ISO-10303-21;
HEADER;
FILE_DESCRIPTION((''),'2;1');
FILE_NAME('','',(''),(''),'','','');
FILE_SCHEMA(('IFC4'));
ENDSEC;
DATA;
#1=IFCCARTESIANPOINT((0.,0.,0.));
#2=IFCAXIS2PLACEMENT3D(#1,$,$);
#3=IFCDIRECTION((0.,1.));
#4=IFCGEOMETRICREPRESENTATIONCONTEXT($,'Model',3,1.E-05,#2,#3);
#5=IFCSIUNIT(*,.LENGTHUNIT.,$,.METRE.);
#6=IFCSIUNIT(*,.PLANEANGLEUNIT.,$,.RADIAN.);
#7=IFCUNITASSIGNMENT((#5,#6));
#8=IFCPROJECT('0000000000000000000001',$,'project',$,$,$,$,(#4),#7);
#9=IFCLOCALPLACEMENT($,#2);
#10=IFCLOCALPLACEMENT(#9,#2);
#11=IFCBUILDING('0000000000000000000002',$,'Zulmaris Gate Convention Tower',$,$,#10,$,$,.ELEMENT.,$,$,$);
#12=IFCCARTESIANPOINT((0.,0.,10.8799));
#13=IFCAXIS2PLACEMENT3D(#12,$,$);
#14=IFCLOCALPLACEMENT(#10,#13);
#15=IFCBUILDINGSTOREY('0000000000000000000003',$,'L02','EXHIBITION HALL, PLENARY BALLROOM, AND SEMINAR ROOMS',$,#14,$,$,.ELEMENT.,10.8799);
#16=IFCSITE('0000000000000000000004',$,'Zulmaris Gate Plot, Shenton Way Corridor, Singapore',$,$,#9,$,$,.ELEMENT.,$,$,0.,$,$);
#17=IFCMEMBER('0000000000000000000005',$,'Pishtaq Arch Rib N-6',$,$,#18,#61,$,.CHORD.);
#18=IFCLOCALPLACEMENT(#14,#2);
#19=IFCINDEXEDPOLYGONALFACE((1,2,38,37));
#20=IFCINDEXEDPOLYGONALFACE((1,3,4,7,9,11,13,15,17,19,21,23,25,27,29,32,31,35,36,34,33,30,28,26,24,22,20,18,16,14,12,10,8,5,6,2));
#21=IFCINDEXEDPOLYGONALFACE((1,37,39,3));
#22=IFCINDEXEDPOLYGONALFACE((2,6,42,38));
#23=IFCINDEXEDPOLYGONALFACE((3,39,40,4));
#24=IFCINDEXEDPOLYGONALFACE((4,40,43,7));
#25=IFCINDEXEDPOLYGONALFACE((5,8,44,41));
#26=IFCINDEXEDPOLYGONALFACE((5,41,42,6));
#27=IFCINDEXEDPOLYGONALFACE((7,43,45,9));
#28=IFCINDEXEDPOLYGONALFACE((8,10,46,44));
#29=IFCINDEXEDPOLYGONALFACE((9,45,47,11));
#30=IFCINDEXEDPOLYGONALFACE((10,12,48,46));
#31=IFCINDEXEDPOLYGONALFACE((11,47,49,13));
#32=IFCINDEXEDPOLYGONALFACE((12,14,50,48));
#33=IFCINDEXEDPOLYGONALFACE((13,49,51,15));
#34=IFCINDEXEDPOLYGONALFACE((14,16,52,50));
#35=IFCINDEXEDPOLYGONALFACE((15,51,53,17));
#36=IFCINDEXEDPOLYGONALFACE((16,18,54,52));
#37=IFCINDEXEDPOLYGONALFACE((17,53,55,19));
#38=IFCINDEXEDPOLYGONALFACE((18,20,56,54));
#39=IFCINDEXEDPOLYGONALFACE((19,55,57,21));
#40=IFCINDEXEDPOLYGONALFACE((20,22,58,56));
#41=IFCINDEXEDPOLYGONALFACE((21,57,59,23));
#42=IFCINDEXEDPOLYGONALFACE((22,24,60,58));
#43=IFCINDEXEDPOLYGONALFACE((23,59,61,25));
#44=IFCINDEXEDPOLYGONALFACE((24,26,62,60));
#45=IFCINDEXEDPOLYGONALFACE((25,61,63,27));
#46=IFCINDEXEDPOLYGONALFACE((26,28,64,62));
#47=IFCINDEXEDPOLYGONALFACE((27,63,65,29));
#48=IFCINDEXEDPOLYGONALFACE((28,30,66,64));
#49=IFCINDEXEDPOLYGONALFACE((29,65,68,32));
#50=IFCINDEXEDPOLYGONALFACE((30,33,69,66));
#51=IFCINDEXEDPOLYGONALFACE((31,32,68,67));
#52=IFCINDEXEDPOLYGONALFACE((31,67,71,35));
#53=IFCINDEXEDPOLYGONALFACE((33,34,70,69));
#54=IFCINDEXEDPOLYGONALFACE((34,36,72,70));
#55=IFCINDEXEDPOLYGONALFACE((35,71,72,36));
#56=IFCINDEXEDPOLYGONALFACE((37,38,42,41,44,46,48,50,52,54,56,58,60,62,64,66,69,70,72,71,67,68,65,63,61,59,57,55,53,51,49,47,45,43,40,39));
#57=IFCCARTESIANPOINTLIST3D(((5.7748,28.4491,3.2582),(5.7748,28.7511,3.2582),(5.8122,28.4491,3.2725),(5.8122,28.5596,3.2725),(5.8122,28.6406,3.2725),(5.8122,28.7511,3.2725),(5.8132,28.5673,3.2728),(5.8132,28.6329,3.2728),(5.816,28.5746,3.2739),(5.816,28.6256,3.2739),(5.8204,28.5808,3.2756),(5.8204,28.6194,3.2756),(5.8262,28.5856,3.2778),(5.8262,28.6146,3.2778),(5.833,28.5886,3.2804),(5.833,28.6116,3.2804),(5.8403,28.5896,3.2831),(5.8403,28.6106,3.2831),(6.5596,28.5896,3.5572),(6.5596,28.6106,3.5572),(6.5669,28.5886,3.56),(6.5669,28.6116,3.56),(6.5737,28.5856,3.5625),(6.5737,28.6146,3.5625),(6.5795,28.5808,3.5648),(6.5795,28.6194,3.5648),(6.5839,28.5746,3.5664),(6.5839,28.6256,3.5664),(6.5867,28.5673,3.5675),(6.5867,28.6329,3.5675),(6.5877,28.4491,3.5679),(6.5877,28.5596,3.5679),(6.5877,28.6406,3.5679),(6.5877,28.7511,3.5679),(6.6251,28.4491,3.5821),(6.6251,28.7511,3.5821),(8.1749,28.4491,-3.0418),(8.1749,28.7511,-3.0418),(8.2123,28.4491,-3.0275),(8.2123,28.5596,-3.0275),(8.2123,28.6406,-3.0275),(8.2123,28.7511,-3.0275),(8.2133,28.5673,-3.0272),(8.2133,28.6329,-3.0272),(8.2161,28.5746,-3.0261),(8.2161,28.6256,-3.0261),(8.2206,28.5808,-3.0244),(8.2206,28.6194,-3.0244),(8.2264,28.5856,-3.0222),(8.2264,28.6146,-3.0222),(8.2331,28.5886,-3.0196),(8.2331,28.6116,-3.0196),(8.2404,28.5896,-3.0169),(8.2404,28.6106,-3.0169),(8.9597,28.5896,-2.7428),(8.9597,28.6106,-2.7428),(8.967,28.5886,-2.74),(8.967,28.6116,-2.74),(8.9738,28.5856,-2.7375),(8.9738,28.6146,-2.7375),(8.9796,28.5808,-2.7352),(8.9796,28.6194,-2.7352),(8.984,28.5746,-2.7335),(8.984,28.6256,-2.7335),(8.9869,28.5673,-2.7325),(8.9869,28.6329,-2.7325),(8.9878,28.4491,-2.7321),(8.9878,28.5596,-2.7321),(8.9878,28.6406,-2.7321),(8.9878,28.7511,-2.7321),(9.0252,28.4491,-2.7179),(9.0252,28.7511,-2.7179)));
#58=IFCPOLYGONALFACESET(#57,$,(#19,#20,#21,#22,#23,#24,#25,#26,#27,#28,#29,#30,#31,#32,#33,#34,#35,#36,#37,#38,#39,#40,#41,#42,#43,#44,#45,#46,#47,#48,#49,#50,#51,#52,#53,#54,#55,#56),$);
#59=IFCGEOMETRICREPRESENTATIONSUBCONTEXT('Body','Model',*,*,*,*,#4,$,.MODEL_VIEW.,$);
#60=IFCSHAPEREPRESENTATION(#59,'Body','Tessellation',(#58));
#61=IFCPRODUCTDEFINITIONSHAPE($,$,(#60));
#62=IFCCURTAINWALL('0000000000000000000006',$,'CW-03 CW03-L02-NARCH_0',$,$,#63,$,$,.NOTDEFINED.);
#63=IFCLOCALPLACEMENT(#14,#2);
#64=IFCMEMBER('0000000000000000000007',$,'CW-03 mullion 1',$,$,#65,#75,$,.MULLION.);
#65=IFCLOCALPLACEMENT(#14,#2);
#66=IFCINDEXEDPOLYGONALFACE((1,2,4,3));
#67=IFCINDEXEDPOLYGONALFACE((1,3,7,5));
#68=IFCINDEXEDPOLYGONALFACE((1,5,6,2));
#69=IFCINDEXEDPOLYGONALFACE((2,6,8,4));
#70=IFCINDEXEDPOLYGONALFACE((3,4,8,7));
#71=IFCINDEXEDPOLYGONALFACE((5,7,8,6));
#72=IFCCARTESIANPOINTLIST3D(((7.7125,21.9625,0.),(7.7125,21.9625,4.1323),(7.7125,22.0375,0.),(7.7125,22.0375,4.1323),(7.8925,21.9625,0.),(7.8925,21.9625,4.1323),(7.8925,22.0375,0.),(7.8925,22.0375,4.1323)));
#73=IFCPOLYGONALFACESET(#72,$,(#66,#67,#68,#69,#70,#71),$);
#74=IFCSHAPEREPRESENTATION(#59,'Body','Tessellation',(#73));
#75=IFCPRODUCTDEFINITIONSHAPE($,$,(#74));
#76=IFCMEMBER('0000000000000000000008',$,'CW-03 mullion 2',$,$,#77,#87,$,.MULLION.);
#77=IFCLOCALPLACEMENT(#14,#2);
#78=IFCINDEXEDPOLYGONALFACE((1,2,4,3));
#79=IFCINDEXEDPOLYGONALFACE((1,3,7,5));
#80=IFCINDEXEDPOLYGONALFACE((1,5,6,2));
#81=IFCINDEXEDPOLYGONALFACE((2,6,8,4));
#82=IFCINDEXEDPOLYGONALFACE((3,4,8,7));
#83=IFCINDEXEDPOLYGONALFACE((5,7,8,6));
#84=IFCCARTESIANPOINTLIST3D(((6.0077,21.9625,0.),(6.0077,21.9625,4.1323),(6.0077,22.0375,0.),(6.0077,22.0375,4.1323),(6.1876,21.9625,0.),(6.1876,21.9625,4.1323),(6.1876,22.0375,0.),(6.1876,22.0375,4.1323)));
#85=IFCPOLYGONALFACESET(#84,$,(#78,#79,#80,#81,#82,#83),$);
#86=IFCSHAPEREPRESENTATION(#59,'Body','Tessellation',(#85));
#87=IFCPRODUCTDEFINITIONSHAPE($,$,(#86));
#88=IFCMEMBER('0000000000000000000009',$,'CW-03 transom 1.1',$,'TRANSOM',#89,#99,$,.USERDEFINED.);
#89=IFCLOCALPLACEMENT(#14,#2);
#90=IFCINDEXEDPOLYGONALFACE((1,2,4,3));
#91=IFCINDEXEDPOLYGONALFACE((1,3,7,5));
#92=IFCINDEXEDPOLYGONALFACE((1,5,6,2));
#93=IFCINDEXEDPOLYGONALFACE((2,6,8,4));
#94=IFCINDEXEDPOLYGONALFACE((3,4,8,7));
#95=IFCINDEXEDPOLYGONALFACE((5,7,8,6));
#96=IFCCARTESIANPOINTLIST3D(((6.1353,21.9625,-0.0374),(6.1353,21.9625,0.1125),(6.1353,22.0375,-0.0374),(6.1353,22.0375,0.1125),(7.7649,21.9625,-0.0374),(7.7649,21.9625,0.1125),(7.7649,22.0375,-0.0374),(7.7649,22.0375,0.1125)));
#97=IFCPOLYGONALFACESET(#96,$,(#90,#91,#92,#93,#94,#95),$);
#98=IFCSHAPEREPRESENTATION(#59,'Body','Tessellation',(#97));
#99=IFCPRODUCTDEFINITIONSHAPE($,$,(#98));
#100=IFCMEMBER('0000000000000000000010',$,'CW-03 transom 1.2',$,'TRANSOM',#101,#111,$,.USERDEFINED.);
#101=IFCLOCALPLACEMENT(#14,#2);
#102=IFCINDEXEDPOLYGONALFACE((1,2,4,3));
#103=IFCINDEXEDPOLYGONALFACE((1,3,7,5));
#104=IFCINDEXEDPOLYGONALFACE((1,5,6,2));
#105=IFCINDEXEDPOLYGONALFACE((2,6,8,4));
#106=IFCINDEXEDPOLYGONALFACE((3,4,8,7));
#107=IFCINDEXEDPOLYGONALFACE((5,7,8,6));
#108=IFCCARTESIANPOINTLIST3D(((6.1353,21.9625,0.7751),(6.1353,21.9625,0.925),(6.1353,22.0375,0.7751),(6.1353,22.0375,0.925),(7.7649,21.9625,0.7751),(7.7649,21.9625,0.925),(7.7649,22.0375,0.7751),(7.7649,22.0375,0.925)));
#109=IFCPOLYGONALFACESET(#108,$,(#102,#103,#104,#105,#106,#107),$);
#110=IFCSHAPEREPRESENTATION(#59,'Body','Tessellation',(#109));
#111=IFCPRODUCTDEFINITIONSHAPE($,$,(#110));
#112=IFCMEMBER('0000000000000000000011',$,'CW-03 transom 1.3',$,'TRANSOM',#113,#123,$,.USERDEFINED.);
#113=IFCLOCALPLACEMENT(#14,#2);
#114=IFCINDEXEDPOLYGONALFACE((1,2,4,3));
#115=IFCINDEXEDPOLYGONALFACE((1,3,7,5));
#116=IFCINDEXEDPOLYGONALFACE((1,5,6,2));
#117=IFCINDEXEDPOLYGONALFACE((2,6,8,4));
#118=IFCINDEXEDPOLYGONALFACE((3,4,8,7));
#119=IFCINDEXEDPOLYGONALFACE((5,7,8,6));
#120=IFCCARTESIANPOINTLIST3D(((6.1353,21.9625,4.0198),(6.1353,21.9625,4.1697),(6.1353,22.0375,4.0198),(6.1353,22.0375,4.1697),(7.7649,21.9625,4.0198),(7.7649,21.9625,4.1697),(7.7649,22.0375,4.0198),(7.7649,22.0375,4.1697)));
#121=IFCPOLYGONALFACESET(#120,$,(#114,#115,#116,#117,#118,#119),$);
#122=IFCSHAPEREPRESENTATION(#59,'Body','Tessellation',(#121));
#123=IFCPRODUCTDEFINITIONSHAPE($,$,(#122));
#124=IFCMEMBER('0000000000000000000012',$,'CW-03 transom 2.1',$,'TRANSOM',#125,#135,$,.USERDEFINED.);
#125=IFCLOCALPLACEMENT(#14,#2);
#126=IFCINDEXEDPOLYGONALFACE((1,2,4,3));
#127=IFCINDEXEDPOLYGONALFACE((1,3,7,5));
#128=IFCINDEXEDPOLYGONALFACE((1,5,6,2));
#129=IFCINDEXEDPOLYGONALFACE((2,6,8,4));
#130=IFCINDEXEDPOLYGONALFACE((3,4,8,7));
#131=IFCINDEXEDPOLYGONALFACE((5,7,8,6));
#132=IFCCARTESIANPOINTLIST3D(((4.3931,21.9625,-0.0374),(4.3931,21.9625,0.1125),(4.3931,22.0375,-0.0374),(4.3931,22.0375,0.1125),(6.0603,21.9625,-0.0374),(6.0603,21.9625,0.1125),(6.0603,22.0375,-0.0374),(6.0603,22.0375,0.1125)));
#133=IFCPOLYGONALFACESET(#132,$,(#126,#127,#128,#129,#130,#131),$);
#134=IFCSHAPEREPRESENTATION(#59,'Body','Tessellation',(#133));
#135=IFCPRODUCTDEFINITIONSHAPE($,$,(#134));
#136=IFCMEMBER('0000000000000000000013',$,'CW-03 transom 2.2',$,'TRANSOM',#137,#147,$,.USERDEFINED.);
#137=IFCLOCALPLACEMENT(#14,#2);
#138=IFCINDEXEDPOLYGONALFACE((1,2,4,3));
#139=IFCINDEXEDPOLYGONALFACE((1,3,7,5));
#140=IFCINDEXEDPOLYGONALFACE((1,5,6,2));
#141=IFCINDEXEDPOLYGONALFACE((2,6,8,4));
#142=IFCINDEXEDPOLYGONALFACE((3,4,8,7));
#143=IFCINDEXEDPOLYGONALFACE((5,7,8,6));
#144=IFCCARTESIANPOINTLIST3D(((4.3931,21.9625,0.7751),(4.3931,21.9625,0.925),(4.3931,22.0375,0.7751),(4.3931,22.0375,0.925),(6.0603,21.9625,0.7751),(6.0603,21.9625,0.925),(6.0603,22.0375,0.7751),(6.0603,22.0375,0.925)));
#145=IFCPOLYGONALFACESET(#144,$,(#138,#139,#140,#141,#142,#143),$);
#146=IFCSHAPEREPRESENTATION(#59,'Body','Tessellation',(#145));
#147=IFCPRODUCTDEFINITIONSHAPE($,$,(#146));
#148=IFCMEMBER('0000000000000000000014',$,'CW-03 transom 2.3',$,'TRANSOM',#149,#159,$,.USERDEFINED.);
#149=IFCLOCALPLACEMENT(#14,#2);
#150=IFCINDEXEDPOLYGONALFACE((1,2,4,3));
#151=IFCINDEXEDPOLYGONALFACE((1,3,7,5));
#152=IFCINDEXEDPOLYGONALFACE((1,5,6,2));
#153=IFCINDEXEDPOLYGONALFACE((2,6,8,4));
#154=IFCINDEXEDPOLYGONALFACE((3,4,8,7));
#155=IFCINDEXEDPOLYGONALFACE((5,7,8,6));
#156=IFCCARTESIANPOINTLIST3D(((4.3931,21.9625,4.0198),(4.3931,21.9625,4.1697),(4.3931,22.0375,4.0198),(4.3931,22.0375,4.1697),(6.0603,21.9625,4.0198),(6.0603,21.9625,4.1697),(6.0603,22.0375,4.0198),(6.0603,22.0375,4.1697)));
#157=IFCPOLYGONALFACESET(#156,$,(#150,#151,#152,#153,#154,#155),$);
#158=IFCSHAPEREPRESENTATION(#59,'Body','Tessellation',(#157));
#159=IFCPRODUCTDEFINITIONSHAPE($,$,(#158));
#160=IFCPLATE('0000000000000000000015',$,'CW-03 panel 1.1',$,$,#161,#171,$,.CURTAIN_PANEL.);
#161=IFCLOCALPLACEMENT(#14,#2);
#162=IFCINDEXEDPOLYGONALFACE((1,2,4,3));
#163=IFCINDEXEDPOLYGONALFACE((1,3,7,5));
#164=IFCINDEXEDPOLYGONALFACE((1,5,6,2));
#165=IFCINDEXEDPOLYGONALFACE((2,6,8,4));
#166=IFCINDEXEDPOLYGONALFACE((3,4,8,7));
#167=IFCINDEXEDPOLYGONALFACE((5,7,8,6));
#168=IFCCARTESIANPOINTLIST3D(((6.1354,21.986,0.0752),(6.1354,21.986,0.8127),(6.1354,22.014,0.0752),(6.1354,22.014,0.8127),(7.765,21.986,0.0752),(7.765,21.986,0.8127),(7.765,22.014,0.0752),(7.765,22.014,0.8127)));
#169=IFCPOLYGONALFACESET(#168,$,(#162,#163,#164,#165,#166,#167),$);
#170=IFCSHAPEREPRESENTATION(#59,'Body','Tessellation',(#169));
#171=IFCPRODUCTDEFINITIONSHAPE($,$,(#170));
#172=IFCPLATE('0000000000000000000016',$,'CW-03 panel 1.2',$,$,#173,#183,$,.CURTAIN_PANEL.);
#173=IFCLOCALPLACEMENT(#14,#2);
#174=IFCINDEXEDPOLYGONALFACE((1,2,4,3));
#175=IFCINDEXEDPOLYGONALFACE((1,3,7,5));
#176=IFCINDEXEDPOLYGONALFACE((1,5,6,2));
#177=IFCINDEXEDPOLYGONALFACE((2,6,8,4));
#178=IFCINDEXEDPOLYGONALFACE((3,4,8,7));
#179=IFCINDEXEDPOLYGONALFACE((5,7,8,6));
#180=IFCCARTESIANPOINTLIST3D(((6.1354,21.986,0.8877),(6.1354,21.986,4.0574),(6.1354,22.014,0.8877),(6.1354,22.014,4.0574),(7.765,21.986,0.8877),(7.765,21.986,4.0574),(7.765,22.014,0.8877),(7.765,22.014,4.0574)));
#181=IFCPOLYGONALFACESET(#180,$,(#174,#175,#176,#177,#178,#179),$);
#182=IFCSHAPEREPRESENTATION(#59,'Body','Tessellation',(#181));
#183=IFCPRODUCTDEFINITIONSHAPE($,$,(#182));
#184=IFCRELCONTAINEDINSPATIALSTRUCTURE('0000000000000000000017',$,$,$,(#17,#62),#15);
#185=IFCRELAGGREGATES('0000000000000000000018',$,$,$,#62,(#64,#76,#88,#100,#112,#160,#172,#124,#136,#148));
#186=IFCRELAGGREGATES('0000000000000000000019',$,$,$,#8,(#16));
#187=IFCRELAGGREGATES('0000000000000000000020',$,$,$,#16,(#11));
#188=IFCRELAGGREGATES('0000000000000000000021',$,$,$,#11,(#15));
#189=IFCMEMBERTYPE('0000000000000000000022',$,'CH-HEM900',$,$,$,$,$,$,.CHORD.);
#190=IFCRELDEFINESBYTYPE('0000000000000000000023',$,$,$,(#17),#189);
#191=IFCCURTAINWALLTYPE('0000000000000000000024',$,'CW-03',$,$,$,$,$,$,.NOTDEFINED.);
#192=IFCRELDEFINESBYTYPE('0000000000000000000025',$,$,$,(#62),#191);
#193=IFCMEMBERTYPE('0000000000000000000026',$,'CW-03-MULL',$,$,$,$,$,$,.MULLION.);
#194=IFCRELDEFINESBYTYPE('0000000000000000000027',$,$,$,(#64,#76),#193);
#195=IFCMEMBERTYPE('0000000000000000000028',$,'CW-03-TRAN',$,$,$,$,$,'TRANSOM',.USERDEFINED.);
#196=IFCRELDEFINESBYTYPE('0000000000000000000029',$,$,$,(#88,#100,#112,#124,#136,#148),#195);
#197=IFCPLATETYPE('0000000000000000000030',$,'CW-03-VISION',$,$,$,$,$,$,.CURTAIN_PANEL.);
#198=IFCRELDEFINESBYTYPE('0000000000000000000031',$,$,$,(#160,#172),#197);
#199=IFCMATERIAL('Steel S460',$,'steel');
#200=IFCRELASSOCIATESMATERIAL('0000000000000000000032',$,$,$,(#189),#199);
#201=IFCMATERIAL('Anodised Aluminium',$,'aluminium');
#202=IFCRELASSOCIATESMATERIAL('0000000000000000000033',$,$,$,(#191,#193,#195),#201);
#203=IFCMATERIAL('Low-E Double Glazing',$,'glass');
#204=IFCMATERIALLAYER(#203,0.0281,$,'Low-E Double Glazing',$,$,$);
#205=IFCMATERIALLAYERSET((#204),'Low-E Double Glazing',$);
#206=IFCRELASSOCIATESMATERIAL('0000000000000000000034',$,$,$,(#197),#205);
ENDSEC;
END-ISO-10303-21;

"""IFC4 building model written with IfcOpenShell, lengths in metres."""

from ifc_helpers import new_model, si_unit, direction, frame, origin, origin_2d, place, context, subcontext, project, spatial, rectangle, i_section, extrude, material, layer, layer_set, material_profile, profile_set, type_object, element, aggregate, save


model = new_model("IFC4")

# Units and contexts
model_context = context("Model", 3, precision=1e-05, world=origin(), true_north=direction((0.0, 1.0)))
body_context = subcontext(model_context, "Body", "Model", "MODEL_VIEW")
ifc_project = project(units=[si_unit("LENGTHUNIT", "METRE"), si_unit("PLANEANGLEUNIT", "RADIAN")], contexts=[model_context])

# Site, building, storey
site_placement = place(None, origin())
site = spatial("IfcSite", under=ifc_project, at=site_placement, Name="Zulmaris Gate Plot, Shenton Way Corridor, Singapore", CompositionType="ELEMENT", RefElevation=0.0)
building_placement = place(site_placement, origin())
building = spatial("IfcBuilding", under=site, at=building_placement, Name="Zulmaris Gate Convention Tower", CompositionType="ELEMENT")
storey_placement = place(building_placement, frame((0.0, 0.0, 10.8799)))
storey = spatial("IfcBuildingStorey", under=building, at=storey_placement, Name="L02", Description="EXHIBITION HALL, PLENARY BALLROOM, AND SEMINAR ROOMS", CompositionType="ELEMENT", Elevation=10.8799)

# Member
ifc_material_1 = material(Name="Steel S460", Category="steel")
ifc_material_profile_1 = material_profile(ifc_material_1, i_section(OverallWidth=0.302, OverallDepth=0.9099, WebThickness=0.021, FlangeThickness=0.04, FilletRadius=0.03, at=origin_2d()), Name="HEM 900")
ifc_profile_set_1 = profile_set([ifc_material_profile_1], Name="Steel S460")
member_type_1 = type_object("IfcMemberType", Name="CH-HEM900", PredefinedType="CHORD", material=ifc_profile_set_1)
member_1_placement = place(storey_placement, frame((6.2, 28.6001, 3.4202), z_axis=(0.356012, 0.0, -0.934481), x_axis=(0.0, 1.0, 0.0)))
element("IfcMember", 1, at=member_1_placement, inside=storey, type_object=member_type_1, Name="Pishtaq Arch Rib N-6", PredefinedType="CHORD", context=body_context, shape_type="SweptSolid", body=[
    extrude(i_section(OverallWidth=0.302, OverallDepth=0.9099, WebThickness=0.021, FlangeThickness=0.04, FilletRadius=0.03, at=origin_2d()), origin(), (0.0, 0.0, 1.0), 6.7417),
])

# Curtain wall, members, plates
ifc_material_2 = material(Name="Anodised Aluminium", Category="aluminium")
curtain_wall_type = type_object("IfcCurtainWallType", Name="CW-03", PredefinedType="NOTDEFINED", material=ifc_material_2)
curtain_wall_placement = place(storey_placement, origin())
curtain_wall = element("IfcCurtainWall", 2, at=curtain_wall_placement, inside=storey, type_object=curtain_wall_type, Name="CW-03 CW03-L02-NARCH_0", PredefinedType="NOTDEFINED")
ifc_material_profile_2 = material_profile(ifc_material_2, rectangle(XDim=0.075, YDim=0.1799, at=origin_2d()), Name="ALU MULLION 75x180")
ifc_profile_set_2 = profile_set([ifc_material_profile_2], Name="Anodised Aluminium")
member_type_2 = type_object("IfcMemberType", Name="CW-03-MULL", PredefinedType="MULLION", material=ifc_profile_set_2)
member_2_placement = place(storey_placement, frame((7.8025, 22.0, 0.0), z_axis=(0.0, 0.0, 1.0), x_axis=(0.0, -1.0, 0.0)))
member_2 = element("IfcMember", 3, at=member_2_placement, type_object=member_type_2, Name="CW-03 mullion 1", PredefinedType="MULLION", context=body_context, shape_type="SweptSolid", body=[
    extrude(rectangle(XDim=0.075, YDim=0.1799, at=origin_2d()), origin(), (0.0, 0.0, 1.0), 4.1323),
])
member_3_placement = place(storey_placement, frame((6.0977, 22.0, 0.0), z_axis=(0.0, 0.0, 1.0), x_axis=(0.0, -1.0, 0.0)))
member_3 = element("IfcMember", 4, at=member_3_placement, type_object=member_type_2, Name="CW-03 mullion 2", PredefinedType="MULLION", context=body_context, shape_type="SweptSolid", body=[
    extrude(rectangle(XDim=0.075, YDim=0.1799, at=origin_2d()), origin(), (0.0, 0.0, 1.0), 4.1323),
])
ifc_material_profile_3 = material_profile(ifc_material_2, rectangle(XDim=0.075, YDim=0.1499, at=origin_2d()), Name="ALU TRANSOM 75x150")
ifc_profile_set_3 = profile_set([ifc_material_profile_3], Name="Anodised Aluminium")
member_type_3 = type_object("IfcMemberType", Name="CW-03-TRAN", ElementType="TRANSOM", PredefinedType="USERDEFINED", material=ifc_profile_set_3)
member_4_placement = place(storey_placement, frame((7.7649, 22.0, 0.0376), z_axis=(-1.0, 0.0, 0.0), x_axis=(0.0, -1.0, 0.0)))
member_4 = element("IfcMember", 5, at=member_4_placement, type_object=member_type_3, Name="CW-03 transom 1.1", ObjectType="TRANSOM", PredefinedType="USERDEFINED", context=body_context, shape_type="SweptSolid", body=[
    extrude(rectangle(XDim=0.075, YDim=0.1499, at=origin_2d()), origin(), (0.0, 0.0, 1.0), 1.6296),
])
member_5_placement = place(storey_placement, frame((7.7649, 22.0, 0.8501), z_axis=(-1.0, 0.0, 0.0), x_axis=(0.0, -1.0, 0.0)))
member_5 = element("IfcMember", 6, at=member_5_placement, type_object=member_type_3, Name="CW-03 transom 1.2", ObjectType="TRANSOM", PredefinedType="USERDEFINED", context=body_context, shape_type="SweptSolid", body=[
    extrude(rectangle(XDim=0.075, YDim=0.1499, at=origin_2d()), origin(), (0.0, 0.0, 1.0), 1.6296),
])
member_6_placement = place(storey_placement, frame((7.7649, 22.0, 4.0947), z_axis=(-1.0, 0.0, 0.0), x_axis=(0.0, -1.0, 0.0)))
member_6 = element("IfcMember", 7, at=member_6_placement, type_object=member_type_3, Name="CW-03 transom 1.3", ObjectType="TRANSOM", PredefinedType="USERDEFINED", context=body_context, shape_type="SweptSolid", body=[
    extrude(rectangle(XDim=0.075, YDim=0.1499, at=origin_2d()), origin(), (0.0, 0.0, 1.0), 1.6296),
])
member_7_placement = place(storey_placement, frame((6.0603, 22.0, 0.0376), z_axis=(-1.0, 0.0, 0.0), x_axis=(0.0, -1.0, 0.0)))
member_7 = element("IfcMember", 8, at=member_7_placement, type_object=member_type_3, Name="CW-03 transom 2.1", ObjectType="TRANSOM", PredefinedType="USERDEFINED", context=body_context, shape_type="SweptSolid", body=[
    extrude(rectangle(XDim=0.075, YDim=0.1499, at=origin_2d()), origin(), (0.0, 0.0, 1.0), 1.6672),
])
member_8_placement = place(storey_placement, frame((6.0603, 22.0, 0.8501), z_axis=(-1.0, 0.0, 0.0), x_axis=(0.0, -1.0, 0.0)))
member_8 = element("IfcMember", 9, at=member_8_placement, type_object=member_type_3, Name="CW-03 transom 2.2", ObjectType="TRANSOM", PredefinedType="USERDEFINED", context=body_context, shape_type="SweptSolid", body=[
    extrude(rectangle(XDim=0.075, YDim=0.1499, at=origin_2d()), origin(), (0.0, 0.0, 1.0), 1.6672),
])
member_9_placement = place(storey_placement, frame((6.0603, 22.0, 4.0947), z_axis=(-1.0, 0.0, 0.0), x_axis=(0.0, -1.0, 0.0)))
member_9 = element("IfcMember", 10, at=member_9_placement, type_object=member_type_3, Name="CW-03 transom 2.3", ObjectType="TRANSOM", PredefinedType="USERDEFINED", context=body_context, shape_type="SweptSolid", body=[
    extrude(rectangle(XDim=0.075, YDim=0.1499, at=origin_2d()), origin(), (0.0, 0.0, 1.0), 1.6672),
])
ifc_material_3 = material(Name="Low-E Double Glazing", Category="glass")
ifc_layer_1 = layer(ifc_material_3, 0.0281, Name="Low-E Double Glazing")
ifc_layer_set_1 = layer_set([ifc_layer_1], Name="Low-E Double Glazing")
plate_type_1 = type_object("IfcPlateType", Name="CW-03-VISION", PredefinedType="CURTAIN_PANEL", material=ifc_layer_set_1)
plate_1_placement = place(storey_placement, frame((6.9502, 22.0, 0.0752), z_axis=(0.0, 0.0, 1.0), x_axis=(-1.0, 0.0, 0.0)))
plate_1 = element("IfcPlate", 11, at=plate_1_placement, type_object=plate_type_1, Name="CW-03 panel 1.1", PredefinedType="CURTAIN_PANEL", context=body_context, shape_type="SweptSolid", body=[
    extrude(rectangle(XDim=1.6296, YDim=0.0281, at=origin_2d()), origin(), (0.0, 0.0, 1.0), 0.7375),
])
plate_2_placement = place(storey_placement, frame((6.9502, 22.0, 0.8877), z_axis=(0.0, 0.0, 1.0), x_axis=(-1.0, 0.0, 0.0)))
plate_2 = element("IfcPlate", 12, at=plate_2_placement, type_object=plate_type_1, Name="CW-03 panel 1.2", PredefinedType="CURTAIN_PANEL", context=body_context, shape_type="SweptSolid", body=[
    extrude(rectangle(XDim=1.6296, YDim=0.0281, at=origin_2d()), origin(), (0.0, 0.0, 1.0), 3.1697),
])
aggregate(curtain_wall, [member_2, member_3, member_4, member_5, member_6, plate_1, plate_2, member_7, member_8, member_9])

save(model, "model.ifc")
